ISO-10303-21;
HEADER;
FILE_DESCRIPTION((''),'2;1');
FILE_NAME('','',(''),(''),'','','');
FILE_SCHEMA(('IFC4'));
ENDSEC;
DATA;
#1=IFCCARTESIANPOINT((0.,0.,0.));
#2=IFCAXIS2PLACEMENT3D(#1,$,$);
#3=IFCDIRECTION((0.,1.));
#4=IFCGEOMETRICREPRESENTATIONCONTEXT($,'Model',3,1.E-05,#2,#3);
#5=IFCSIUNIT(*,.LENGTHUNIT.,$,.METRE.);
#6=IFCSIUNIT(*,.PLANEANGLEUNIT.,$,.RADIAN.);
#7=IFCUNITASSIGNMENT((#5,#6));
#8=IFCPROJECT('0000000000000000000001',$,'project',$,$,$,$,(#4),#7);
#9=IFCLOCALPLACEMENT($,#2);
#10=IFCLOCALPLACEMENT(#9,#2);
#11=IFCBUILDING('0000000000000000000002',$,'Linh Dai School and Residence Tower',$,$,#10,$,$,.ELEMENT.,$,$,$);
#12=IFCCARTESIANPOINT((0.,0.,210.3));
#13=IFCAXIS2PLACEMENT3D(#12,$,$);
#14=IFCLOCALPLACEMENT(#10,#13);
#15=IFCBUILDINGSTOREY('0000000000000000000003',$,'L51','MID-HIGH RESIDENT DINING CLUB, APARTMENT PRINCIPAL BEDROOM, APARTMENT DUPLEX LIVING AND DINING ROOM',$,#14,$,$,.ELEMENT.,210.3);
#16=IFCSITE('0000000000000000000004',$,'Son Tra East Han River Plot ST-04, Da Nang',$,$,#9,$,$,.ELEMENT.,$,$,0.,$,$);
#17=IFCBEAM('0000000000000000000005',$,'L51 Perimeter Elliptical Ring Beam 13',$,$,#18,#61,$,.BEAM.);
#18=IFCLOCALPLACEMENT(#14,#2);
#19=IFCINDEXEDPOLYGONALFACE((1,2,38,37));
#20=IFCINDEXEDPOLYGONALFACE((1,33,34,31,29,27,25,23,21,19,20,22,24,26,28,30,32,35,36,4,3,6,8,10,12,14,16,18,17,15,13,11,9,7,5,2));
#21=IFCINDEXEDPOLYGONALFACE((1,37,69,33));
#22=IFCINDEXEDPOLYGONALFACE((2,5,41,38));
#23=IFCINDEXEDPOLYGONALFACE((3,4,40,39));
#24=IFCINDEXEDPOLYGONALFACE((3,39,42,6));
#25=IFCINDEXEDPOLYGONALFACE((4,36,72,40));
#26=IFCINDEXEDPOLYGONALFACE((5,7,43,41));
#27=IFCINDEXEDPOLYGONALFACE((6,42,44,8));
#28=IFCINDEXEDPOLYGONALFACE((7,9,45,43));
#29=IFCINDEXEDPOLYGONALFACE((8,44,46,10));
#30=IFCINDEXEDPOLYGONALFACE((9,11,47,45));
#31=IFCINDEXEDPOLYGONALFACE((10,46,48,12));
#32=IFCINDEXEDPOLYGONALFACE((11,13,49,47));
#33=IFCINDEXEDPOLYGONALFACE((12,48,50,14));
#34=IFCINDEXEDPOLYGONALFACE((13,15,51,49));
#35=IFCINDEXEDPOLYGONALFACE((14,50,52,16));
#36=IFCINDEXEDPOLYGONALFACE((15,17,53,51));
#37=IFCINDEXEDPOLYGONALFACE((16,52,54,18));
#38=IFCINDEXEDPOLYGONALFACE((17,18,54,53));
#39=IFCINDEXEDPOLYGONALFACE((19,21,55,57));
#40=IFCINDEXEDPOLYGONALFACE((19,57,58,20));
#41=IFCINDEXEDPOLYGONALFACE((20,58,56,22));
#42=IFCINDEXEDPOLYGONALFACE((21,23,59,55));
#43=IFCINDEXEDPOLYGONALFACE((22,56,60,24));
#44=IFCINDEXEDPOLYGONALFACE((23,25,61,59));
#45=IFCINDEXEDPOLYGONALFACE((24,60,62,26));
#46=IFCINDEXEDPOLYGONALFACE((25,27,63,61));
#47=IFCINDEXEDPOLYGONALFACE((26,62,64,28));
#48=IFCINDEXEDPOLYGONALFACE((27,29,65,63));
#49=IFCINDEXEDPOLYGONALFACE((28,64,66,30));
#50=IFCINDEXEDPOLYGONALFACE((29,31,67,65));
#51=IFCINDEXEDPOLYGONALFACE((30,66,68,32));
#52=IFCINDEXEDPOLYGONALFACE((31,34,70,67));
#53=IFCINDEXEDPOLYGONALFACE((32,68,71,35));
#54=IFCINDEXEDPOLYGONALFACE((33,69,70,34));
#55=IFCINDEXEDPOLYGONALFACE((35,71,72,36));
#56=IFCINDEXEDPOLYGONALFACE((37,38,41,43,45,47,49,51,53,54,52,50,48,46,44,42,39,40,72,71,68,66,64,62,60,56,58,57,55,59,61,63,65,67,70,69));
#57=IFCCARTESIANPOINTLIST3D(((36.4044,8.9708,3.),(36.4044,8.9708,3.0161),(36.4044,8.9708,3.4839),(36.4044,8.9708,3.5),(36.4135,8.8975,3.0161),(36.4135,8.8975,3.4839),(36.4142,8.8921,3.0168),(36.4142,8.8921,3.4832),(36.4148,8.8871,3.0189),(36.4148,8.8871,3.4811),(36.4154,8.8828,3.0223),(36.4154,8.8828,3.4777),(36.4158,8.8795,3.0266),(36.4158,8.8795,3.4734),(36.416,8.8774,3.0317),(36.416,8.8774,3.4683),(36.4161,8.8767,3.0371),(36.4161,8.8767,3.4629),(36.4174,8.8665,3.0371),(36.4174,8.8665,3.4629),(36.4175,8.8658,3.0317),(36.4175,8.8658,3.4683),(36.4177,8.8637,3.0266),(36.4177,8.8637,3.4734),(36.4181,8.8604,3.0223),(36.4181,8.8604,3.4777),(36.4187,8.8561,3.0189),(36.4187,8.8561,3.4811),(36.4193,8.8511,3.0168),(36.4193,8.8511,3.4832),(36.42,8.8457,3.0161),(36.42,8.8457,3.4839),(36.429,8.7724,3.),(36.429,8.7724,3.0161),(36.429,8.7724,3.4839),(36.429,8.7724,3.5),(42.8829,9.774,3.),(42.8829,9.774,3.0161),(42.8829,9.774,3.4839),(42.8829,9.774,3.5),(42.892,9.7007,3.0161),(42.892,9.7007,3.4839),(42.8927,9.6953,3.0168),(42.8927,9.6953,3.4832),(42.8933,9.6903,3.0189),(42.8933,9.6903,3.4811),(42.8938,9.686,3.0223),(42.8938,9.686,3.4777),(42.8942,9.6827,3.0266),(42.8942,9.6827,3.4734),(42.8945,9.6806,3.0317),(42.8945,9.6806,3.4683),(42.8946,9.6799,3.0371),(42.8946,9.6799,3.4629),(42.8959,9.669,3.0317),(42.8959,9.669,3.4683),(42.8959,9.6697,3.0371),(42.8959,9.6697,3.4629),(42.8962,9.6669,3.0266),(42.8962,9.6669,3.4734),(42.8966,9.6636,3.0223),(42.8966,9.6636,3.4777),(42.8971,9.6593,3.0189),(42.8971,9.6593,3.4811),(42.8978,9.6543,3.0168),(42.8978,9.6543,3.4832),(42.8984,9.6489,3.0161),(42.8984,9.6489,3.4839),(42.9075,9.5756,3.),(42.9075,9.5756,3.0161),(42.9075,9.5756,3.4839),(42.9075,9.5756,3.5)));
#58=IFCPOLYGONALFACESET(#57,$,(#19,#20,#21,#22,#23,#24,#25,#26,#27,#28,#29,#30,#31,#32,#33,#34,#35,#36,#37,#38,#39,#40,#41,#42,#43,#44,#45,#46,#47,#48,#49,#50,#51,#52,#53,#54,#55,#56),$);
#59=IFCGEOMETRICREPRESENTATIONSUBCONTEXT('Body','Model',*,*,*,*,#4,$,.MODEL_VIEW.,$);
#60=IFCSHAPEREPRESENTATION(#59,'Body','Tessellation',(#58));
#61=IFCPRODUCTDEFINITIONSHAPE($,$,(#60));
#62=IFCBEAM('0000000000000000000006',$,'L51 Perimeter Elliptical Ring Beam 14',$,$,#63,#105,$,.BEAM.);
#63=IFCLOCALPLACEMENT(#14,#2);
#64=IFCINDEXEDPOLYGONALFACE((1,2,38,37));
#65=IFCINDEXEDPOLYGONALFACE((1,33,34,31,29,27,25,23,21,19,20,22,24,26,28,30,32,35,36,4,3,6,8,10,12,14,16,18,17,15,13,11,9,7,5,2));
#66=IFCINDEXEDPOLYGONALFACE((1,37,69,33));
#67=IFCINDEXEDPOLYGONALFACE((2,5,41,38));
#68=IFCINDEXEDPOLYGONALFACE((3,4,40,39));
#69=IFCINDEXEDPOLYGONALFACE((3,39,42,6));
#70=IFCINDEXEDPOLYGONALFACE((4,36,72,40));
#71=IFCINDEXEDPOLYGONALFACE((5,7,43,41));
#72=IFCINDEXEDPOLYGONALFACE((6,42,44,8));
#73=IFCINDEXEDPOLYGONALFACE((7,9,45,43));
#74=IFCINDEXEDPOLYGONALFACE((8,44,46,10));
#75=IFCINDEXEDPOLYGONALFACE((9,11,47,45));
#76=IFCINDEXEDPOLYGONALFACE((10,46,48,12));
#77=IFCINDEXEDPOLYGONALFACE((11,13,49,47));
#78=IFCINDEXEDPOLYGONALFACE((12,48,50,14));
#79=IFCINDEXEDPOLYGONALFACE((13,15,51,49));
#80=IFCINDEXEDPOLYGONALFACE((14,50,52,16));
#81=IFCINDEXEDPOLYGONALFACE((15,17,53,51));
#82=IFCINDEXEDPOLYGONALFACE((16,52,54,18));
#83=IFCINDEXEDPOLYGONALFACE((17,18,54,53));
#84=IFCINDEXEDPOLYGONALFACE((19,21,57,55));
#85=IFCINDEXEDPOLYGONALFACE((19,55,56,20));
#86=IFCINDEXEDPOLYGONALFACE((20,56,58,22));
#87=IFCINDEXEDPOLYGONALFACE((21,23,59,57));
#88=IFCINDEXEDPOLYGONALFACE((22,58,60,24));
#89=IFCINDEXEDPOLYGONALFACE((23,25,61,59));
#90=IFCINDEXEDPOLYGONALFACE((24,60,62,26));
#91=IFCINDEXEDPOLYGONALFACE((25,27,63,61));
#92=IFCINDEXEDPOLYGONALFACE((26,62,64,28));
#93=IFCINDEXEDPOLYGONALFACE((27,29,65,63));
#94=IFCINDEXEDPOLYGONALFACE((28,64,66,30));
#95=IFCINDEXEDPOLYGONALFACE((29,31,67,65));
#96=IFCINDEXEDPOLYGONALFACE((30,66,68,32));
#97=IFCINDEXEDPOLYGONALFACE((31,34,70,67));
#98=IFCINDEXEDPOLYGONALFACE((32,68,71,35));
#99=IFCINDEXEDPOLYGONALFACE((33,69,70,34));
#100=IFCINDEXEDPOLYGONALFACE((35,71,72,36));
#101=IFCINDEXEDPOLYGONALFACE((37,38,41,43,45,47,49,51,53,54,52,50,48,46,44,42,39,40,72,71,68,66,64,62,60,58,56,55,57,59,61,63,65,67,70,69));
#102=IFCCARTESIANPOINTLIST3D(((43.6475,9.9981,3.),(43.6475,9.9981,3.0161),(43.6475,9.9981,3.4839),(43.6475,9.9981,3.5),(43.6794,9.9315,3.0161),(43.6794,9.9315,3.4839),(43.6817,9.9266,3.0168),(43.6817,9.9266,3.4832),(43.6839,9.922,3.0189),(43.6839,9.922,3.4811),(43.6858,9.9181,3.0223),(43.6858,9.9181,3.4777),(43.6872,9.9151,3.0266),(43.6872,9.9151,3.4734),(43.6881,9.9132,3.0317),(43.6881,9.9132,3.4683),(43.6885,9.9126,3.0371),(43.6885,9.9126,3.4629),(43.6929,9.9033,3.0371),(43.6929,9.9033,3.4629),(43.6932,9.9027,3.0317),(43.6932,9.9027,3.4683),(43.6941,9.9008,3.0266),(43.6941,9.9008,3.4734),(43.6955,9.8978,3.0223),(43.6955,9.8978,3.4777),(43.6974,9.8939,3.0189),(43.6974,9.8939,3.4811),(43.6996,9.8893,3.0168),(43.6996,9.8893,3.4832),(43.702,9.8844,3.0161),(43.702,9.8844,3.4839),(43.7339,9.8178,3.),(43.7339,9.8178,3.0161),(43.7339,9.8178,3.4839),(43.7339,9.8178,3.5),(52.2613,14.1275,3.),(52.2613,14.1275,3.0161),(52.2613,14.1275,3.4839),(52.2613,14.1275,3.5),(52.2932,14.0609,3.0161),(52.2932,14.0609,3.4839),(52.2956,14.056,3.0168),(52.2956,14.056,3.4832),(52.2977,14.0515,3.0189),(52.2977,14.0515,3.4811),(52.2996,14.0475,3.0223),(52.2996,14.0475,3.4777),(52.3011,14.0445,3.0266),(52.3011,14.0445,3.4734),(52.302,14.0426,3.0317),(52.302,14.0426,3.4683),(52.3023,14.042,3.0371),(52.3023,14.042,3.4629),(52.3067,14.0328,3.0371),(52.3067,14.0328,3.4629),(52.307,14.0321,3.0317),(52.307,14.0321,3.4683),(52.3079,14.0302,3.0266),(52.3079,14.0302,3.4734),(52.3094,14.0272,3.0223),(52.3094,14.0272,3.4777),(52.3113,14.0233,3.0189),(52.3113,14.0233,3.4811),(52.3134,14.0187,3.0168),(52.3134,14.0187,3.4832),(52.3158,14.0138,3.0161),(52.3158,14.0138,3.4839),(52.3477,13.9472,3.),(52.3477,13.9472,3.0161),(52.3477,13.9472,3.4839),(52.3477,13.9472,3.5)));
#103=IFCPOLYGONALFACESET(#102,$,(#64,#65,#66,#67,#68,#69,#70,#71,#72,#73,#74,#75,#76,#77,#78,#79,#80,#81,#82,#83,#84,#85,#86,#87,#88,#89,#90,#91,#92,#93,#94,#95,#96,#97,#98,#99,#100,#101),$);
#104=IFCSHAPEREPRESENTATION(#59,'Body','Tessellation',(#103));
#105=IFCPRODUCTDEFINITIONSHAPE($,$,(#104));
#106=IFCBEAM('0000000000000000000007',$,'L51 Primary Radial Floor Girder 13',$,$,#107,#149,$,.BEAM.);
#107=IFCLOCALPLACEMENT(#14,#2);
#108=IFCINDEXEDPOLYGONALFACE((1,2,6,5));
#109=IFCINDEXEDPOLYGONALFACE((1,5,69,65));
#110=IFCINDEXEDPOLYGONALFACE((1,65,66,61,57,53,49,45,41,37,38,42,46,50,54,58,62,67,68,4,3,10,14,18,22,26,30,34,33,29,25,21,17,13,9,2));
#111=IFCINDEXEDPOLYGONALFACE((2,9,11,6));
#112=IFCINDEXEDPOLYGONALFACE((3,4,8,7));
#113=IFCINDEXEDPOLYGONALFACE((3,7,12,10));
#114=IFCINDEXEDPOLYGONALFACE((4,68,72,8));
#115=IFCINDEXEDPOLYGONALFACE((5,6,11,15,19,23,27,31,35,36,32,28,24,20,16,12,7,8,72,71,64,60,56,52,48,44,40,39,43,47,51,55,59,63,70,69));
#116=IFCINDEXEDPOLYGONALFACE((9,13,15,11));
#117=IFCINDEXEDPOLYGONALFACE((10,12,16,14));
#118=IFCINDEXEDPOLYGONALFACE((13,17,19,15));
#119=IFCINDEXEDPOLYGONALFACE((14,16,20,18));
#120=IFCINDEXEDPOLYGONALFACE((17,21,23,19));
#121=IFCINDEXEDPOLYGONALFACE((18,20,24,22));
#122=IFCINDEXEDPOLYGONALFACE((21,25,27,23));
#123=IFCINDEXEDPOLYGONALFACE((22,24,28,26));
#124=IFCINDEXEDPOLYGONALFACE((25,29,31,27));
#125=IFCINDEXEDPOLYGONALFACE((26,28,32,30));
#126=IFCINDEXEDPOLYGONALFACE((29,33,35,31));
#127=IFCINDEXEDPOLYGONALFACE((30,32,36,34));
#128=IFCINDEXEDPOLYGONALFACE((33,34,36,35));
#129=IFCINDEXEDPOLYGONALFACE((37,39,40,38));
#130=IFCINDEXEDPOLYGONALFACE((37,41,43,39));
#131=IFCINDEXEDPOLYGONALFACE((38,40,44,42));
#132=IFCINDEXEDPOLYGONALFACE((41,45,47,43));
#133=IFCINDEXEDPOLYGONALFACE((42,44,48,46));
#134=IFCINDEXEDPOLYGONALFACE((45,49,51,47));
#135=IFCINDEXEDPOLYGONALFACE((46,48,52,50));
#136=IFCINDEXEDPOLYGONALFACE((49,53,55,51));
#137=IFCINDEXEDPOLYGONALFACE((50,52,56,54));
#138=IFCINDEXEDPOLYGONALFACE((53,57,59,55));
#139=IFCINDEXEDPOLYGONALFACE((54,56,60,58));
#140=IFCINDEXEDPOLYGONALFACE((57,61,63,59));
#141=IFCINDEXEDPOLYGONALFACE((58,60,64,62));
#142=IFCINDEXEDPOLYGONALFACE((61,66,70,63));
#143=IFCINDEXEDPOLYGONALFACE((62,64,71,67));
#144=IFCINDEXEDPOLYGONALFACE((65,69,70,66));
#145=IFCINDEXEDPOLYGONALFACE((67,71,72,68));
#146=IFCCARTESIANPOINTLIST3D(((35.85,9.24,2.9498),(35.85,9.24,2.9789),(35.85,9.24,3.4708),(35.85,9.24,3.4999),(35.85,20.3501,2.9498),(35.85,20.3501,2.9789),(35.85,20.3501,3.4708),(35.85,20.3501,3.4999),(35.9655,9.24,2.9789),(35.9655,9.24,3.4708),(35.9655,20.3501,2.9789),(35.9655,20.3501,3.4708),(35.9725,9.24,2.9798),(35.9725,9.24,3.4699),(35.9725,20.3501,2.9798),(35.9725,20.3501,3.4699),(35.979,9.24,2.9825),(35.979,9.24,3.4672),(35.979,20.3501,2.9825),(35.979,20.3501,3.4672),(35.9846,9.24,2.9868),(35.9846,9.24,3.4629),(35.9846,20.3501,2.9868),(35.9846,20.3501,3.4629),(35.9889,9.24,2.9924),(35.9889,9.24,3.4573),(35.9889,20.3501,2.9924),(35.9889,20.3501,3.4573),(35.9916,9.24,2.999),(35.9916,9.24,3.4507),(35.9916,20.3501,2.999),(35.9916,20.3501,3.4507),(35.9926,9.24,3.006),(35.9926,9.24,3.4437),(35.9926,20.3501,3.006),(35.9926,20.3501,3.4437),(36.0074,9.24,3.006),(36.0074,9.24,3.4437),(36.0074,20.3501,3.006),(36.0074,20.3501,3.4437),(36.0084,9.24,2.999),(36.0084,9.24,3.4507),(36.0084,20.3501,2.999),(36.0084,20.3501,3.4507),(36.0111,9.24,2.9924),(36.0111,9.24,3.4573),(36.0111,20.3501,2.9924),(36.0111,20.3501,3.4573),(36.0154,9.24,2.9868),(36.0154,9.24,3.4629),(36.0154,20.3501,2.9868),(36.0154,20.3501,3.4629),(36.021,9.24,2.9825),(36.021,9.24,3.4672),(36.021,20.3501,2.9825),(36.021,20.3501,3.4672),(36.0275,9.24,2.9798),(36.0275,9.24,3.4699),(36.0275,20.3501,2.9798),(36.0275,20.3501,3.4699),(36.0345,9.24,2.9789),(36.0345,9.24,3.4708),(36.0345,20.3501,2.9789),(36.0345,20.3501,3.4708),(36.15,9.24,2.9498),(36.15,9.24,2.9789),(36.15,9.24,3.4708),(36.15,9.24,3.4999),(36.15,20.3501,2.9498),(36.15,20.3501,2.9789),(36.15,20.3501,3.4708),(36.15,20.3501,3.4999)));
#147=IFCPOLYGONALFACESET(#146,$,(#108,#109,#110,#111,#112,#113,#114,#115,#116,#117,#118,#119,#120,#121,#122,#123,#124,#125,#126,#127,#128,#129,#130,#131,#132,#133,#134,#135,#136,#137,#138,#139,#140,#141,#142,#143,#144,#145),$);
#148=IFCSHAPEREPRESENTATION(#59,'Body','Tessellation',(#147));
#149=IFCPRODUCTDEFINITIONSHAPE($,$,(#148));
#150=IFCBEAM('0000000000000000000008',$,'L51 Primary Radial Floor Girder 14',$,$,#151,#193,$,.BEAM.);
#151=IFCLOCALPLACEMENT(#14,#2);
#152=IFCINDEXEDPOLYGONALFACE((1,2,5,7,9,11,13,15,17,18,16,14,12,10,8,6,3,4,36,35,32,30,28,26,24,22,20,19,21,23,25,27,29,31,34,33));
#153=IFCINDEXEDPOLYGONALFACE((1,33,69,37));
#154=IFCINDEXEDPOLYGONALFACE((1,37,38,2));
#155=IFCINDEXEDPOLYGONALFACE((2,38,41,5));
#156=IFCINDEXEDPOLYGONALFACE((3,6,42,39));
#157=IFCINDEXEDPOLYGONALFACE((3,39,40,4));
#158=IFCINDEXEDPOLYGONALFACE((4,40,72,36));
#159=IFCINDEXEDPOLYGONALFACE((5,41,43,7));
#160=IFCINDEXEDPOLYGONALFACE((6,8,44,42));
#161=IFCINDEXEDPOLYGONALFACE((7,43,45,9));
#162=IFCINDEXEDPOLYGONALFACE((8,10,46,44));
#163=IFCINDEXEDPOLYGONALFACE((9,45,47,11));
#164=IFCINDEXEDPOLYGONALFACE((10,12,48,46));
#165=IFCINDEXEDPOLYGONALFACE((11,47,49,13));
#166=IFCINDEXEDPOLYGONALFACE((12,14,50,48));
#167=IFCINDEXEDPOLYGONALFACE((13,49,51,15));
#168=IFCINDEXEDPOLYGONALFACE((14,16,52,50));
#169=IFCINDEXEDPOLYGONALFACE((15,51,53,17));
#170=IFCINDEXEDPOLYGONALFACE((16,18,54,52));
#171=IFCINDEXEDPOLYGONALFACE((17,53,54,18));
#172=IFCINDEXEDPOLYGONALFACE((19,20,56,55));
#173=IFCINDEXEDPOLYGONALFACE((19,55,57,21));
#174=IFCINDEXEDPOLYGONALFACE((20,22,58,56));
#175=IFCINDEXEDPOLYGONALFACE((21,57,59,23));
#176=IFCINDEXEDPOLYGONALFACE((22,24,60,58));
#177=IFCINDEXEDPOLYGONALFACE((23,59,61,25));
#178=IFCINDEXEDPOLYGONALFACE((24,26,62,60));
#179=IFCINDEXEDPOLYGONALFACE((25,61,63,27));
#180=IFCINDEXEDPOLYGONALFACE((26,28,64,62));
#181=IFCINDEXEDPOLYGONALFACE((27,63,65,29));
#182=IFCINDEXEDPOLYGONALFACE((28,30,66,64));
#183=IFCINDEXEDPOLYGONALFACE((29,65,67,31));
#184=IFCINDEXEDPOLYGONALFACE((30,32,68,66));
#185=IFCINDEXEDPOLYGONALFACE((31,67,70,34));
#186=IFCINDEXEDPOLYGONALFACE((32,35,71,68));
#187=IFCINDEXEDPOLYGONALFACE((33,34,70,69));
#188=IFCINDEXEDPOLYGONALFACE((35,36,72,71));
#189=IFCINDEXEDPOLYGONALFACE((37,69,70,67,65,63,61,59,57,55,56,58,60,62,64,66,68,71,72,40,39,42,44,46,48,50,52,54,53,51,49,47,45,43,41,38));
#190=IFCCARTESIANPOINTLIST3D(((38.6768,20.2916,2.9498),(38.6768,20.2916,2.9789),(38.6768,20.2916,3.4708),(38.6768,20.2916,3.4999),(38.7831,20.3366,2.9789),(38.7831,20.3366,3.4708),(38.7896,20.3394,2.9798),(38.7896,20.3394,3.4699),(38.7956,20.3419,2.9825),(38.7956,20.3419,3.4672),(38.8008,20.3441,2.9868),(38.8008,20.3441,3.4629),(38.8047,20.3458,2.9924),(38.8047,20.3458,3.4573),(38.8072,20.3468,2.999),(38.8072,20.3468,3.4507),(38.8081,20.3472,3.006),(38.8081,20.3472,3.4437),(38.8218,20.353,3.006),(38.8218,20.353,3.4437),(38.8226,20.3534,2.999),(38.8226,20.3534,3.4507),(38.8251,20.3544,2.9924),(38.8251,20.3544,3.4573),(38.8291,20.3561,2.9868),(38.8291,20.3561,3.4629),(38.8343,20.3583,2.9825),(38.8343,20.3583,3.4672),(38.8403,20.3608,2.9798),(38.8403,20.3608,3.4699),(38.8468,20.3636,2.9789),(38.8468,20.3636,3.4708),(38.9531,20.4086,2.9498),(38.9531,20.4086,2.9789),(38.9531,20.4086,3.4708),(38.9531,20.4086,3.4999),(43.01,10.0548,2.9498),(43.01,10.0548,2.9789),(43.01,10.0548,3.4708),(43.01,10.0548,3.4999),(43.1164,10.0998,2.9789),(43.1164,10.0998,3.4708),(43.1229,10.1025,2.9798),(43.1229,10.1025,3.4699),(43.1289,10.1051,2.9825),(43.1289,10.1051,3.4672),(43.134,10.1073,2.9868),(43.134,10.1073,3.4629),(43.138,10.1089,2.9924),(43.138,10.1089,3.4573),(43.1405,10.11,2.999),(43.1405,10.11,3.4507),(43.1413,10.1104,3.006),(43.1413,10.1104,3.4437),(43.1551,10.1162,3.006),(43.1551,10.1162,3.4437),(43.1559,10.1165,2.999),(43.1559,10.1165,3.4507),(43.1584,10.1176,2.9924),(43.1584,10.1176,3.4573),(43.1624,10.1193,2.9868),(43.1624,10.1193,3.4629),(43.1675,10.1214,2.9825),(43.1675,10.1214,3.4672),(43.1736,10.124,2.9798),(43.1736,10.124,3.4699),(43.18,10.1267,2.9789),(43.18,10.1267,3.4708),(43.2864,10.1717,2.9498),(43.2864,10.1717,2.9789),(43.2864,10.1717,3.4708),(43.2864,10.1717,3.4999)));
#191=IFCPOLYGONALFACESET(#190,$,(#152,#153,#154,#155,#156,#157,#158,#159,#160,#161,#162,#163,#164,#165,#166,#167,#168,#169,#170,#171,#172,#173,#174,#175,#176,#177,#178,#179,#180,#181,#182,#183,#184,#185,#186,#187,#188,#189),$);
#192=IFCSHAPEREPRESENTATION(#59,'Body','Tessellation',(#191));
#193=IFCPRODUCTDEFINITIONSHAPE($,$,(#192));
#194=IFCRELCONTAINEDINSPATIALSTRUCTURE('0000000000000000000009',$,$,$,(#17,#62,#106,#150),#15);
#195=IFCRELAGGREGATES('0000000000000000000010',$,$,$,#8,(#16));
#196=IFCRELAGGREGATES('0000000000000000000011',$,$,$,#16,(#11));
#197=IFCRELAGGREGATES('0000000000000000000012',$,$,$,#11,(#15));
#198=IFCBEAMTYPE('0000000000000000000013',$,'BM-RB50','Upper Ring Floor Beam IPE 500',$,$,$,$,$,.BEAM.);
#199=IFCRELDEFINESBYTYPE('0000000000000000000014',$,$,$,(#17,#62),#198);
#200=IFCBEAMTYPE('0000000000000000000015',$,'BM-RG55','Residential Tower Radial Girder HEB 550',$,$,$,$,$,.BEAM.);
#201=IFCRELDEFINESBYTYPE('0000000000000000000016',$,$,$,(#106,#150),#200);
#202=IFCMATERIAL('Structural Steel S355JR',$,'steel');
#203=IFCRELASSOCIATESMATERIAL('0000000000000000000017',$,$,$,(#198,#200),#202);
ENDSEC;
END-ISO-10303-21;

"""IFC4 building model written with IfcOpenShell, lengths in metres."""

from ifc_helpers import new_model, si_unit, direction, frame, origin, origin_2d, place, context, subcontext, project, spatial, i_section, extrude, material, material_profile, profile_set, type_object, element, save


model = new_model("IFC4")

# Units and contexts
model_context = context("Model", 3, precision=1e-05, world=origin(), true_north=direction((0.0, 1.0)))
body_context = subcontext(model_context, "Body", "Model", "MODEL_VIEW")
ifc_project = project(units=[si_unit("LENGTHUNIT", "METRE"), si_unit("PLANEANGLEUNIT", "RADIAN")], contexts=[model_context])

# Site, building, storey
site_placement = place(None, origin())
site = spatial("IfcSite", under=ifc_project, at=site_placement, Name="Son Tra East Han River Plot ST-04, Da Nang", CompositionType="ELEMENT", RefElevation=0.0)
building_placement = place(site_placement, origin())
building = spatial("IfcBuilding", under=site, at=building_placement, Name="Linh Dai School and Residence Tower", CompositionType="ELEMENT")
storey_placement = place(building_placement, frame((0.0, 0.0, 210.3)))
storey = spatial("IfcBuildingStorey", under=building, at=storey_placement, Name="L51", Description="MID-HIGH RESIDENT DINING CLUB, APARTMENT PRINCIPAL BEDROOM, APARTMENT DUPLEX LIVING AND DINING ROOM", CompositionType="ELEMENT", Elevation=210.3)

# Shared definitions
ifc_material_1 = material(Name="Structural Steel S355JR", Category="steel")

# Beams
ifc_material_profile_1 = material_profile(ifc_material_1, i_section(OverallWidth=0.2, OverallDepth=0.5, WebThickness=0.0103, FlangeThickness=0.0161, FilletRadius=0.021, at=origin_2d()), Name="IPE 500")
ifc_profile_set_1 = profile_set([ifc_material_profile_1], Name="Structural Steel S355JR")
beam_type_1 = type_object("IfcBeamType", Name="BM-RB50", Description="Upper Ring Floor Beam IPE 500", PredefinedType="BEAM", material=ifc_profile_set_1)
beam_1_placement = place(storey_placement, frame((36.4167, 8.8716, 3.25), z_axis=(0.992402, 0.12304, 0.0), x_axis=(-0.12304, 0.992402, 0.0)))
element("IfcBeam", 1, at=beam_1_placement, inside=storey, type_object=beam_type_1, Name="L51 Perimeter Elliptical Ring Beam 13", PredefinedType="BEAM", context=body_context, shape_type="SweptSolid", body=[
    extrude(i_section(OverallWidth=0.2, OverallDepth=0.5, WebThickness=0.0103, FlangeThickness=0.0161, FilletRadius=0.021, at=origin_2d()), origin(), (0.0, 0.0, 1.0), 6.5281),
])
beam_2_placement = place(storey_placement, frame((43.6907, 9.908, 3.25), z_axis=(0.901736, 0.432287, 0.0), x_axis=(-0.432287, 0.901736, 0.0)))
element("IfcBeam", 2, at=beam_2_placement, inside=storey, type_object=beam_type_1, Name="L51 Perimeter Elliptical Ring Beam 14", PredefinedType="BEAM", context=body_context, shape_type="SweptSolid", body=[
    extrude(i_section(OverallWidth=0.2, OverallDepth=0.5, WebThickness=0.0103, FlangeThickness=0.0161, FilletRadius=0.021, at=origin_2d()), origin(), (0.0, 0.0, 1.0), 9.5525),
])
ifc_material_profile_2 = material_profile(ifc_material_1, i_section(OverallWidth=0.3, OverallDepth=0.55, WebThickness=0.0149, FlangeThickness=0.0291, FilletRadius=0.0271, at=origin_2d()), Name="HEB 550")
ifc_profile_set_2 = profile_set([ifc_material_profile_2], Name="Structural Steel S355JR")
beam_type_2 = type_object("IfcBeamType", Name="BM-RG55", Description="Residential Tower Radial Girder HEB 550", PredefinedType="BEAM", material=ifc_profile_set_2)
beam_3_placement = place(storey_placement, frame((36.0, 20.3501, 3.2249), z_axis=(0.0, -1.0, 0.0), x_axis=(1.0, 0.0, 0.0)))
element("IfcBeam", 3, at=beam_3_placement, inside=storey, type_object=beam_type_2, Name="L51 Primary Radial Floor Girder 13", PredefinedType="BEAM", context=body_context, shape_type="SweptSolid", body=[
    extrude(i_section(OverallWidth=0.3, OverallDepth=0.55, WebThickness=0.0149, FlangeThickness=0.0291, FilletRadius=0.0271, at=origin_2d()), origin(), (0.0, 0.0, 1.0), 11.1101),
])
beam_4_placement = place(storey_placement, frame((38.8149, 20.3501, 3.2249), z_axis=(0.389815, -0.920893, 0.0), x_axis=(0.920893, 0.389815, 0.0)))
element("IfcBeam", 4, at=beam_4_placement, inside=storey, type_object=beam_type_2, Name="L51 Primary Radial Floor Girder 14", PredefinedType="BEAM", context=body_context, shape_type="SweptSolid", body=[
    extrude(i_section(OverallWidth=0.3, OverallDepth=0.55, WebThickness=0.0149, FlangeThickness=0.0291, FilletRadius=0.0271, at=origin_2d()), origin(), (0.0, 0.0, 1.0), 11.1162),
])

save(model, "model.ifc")
